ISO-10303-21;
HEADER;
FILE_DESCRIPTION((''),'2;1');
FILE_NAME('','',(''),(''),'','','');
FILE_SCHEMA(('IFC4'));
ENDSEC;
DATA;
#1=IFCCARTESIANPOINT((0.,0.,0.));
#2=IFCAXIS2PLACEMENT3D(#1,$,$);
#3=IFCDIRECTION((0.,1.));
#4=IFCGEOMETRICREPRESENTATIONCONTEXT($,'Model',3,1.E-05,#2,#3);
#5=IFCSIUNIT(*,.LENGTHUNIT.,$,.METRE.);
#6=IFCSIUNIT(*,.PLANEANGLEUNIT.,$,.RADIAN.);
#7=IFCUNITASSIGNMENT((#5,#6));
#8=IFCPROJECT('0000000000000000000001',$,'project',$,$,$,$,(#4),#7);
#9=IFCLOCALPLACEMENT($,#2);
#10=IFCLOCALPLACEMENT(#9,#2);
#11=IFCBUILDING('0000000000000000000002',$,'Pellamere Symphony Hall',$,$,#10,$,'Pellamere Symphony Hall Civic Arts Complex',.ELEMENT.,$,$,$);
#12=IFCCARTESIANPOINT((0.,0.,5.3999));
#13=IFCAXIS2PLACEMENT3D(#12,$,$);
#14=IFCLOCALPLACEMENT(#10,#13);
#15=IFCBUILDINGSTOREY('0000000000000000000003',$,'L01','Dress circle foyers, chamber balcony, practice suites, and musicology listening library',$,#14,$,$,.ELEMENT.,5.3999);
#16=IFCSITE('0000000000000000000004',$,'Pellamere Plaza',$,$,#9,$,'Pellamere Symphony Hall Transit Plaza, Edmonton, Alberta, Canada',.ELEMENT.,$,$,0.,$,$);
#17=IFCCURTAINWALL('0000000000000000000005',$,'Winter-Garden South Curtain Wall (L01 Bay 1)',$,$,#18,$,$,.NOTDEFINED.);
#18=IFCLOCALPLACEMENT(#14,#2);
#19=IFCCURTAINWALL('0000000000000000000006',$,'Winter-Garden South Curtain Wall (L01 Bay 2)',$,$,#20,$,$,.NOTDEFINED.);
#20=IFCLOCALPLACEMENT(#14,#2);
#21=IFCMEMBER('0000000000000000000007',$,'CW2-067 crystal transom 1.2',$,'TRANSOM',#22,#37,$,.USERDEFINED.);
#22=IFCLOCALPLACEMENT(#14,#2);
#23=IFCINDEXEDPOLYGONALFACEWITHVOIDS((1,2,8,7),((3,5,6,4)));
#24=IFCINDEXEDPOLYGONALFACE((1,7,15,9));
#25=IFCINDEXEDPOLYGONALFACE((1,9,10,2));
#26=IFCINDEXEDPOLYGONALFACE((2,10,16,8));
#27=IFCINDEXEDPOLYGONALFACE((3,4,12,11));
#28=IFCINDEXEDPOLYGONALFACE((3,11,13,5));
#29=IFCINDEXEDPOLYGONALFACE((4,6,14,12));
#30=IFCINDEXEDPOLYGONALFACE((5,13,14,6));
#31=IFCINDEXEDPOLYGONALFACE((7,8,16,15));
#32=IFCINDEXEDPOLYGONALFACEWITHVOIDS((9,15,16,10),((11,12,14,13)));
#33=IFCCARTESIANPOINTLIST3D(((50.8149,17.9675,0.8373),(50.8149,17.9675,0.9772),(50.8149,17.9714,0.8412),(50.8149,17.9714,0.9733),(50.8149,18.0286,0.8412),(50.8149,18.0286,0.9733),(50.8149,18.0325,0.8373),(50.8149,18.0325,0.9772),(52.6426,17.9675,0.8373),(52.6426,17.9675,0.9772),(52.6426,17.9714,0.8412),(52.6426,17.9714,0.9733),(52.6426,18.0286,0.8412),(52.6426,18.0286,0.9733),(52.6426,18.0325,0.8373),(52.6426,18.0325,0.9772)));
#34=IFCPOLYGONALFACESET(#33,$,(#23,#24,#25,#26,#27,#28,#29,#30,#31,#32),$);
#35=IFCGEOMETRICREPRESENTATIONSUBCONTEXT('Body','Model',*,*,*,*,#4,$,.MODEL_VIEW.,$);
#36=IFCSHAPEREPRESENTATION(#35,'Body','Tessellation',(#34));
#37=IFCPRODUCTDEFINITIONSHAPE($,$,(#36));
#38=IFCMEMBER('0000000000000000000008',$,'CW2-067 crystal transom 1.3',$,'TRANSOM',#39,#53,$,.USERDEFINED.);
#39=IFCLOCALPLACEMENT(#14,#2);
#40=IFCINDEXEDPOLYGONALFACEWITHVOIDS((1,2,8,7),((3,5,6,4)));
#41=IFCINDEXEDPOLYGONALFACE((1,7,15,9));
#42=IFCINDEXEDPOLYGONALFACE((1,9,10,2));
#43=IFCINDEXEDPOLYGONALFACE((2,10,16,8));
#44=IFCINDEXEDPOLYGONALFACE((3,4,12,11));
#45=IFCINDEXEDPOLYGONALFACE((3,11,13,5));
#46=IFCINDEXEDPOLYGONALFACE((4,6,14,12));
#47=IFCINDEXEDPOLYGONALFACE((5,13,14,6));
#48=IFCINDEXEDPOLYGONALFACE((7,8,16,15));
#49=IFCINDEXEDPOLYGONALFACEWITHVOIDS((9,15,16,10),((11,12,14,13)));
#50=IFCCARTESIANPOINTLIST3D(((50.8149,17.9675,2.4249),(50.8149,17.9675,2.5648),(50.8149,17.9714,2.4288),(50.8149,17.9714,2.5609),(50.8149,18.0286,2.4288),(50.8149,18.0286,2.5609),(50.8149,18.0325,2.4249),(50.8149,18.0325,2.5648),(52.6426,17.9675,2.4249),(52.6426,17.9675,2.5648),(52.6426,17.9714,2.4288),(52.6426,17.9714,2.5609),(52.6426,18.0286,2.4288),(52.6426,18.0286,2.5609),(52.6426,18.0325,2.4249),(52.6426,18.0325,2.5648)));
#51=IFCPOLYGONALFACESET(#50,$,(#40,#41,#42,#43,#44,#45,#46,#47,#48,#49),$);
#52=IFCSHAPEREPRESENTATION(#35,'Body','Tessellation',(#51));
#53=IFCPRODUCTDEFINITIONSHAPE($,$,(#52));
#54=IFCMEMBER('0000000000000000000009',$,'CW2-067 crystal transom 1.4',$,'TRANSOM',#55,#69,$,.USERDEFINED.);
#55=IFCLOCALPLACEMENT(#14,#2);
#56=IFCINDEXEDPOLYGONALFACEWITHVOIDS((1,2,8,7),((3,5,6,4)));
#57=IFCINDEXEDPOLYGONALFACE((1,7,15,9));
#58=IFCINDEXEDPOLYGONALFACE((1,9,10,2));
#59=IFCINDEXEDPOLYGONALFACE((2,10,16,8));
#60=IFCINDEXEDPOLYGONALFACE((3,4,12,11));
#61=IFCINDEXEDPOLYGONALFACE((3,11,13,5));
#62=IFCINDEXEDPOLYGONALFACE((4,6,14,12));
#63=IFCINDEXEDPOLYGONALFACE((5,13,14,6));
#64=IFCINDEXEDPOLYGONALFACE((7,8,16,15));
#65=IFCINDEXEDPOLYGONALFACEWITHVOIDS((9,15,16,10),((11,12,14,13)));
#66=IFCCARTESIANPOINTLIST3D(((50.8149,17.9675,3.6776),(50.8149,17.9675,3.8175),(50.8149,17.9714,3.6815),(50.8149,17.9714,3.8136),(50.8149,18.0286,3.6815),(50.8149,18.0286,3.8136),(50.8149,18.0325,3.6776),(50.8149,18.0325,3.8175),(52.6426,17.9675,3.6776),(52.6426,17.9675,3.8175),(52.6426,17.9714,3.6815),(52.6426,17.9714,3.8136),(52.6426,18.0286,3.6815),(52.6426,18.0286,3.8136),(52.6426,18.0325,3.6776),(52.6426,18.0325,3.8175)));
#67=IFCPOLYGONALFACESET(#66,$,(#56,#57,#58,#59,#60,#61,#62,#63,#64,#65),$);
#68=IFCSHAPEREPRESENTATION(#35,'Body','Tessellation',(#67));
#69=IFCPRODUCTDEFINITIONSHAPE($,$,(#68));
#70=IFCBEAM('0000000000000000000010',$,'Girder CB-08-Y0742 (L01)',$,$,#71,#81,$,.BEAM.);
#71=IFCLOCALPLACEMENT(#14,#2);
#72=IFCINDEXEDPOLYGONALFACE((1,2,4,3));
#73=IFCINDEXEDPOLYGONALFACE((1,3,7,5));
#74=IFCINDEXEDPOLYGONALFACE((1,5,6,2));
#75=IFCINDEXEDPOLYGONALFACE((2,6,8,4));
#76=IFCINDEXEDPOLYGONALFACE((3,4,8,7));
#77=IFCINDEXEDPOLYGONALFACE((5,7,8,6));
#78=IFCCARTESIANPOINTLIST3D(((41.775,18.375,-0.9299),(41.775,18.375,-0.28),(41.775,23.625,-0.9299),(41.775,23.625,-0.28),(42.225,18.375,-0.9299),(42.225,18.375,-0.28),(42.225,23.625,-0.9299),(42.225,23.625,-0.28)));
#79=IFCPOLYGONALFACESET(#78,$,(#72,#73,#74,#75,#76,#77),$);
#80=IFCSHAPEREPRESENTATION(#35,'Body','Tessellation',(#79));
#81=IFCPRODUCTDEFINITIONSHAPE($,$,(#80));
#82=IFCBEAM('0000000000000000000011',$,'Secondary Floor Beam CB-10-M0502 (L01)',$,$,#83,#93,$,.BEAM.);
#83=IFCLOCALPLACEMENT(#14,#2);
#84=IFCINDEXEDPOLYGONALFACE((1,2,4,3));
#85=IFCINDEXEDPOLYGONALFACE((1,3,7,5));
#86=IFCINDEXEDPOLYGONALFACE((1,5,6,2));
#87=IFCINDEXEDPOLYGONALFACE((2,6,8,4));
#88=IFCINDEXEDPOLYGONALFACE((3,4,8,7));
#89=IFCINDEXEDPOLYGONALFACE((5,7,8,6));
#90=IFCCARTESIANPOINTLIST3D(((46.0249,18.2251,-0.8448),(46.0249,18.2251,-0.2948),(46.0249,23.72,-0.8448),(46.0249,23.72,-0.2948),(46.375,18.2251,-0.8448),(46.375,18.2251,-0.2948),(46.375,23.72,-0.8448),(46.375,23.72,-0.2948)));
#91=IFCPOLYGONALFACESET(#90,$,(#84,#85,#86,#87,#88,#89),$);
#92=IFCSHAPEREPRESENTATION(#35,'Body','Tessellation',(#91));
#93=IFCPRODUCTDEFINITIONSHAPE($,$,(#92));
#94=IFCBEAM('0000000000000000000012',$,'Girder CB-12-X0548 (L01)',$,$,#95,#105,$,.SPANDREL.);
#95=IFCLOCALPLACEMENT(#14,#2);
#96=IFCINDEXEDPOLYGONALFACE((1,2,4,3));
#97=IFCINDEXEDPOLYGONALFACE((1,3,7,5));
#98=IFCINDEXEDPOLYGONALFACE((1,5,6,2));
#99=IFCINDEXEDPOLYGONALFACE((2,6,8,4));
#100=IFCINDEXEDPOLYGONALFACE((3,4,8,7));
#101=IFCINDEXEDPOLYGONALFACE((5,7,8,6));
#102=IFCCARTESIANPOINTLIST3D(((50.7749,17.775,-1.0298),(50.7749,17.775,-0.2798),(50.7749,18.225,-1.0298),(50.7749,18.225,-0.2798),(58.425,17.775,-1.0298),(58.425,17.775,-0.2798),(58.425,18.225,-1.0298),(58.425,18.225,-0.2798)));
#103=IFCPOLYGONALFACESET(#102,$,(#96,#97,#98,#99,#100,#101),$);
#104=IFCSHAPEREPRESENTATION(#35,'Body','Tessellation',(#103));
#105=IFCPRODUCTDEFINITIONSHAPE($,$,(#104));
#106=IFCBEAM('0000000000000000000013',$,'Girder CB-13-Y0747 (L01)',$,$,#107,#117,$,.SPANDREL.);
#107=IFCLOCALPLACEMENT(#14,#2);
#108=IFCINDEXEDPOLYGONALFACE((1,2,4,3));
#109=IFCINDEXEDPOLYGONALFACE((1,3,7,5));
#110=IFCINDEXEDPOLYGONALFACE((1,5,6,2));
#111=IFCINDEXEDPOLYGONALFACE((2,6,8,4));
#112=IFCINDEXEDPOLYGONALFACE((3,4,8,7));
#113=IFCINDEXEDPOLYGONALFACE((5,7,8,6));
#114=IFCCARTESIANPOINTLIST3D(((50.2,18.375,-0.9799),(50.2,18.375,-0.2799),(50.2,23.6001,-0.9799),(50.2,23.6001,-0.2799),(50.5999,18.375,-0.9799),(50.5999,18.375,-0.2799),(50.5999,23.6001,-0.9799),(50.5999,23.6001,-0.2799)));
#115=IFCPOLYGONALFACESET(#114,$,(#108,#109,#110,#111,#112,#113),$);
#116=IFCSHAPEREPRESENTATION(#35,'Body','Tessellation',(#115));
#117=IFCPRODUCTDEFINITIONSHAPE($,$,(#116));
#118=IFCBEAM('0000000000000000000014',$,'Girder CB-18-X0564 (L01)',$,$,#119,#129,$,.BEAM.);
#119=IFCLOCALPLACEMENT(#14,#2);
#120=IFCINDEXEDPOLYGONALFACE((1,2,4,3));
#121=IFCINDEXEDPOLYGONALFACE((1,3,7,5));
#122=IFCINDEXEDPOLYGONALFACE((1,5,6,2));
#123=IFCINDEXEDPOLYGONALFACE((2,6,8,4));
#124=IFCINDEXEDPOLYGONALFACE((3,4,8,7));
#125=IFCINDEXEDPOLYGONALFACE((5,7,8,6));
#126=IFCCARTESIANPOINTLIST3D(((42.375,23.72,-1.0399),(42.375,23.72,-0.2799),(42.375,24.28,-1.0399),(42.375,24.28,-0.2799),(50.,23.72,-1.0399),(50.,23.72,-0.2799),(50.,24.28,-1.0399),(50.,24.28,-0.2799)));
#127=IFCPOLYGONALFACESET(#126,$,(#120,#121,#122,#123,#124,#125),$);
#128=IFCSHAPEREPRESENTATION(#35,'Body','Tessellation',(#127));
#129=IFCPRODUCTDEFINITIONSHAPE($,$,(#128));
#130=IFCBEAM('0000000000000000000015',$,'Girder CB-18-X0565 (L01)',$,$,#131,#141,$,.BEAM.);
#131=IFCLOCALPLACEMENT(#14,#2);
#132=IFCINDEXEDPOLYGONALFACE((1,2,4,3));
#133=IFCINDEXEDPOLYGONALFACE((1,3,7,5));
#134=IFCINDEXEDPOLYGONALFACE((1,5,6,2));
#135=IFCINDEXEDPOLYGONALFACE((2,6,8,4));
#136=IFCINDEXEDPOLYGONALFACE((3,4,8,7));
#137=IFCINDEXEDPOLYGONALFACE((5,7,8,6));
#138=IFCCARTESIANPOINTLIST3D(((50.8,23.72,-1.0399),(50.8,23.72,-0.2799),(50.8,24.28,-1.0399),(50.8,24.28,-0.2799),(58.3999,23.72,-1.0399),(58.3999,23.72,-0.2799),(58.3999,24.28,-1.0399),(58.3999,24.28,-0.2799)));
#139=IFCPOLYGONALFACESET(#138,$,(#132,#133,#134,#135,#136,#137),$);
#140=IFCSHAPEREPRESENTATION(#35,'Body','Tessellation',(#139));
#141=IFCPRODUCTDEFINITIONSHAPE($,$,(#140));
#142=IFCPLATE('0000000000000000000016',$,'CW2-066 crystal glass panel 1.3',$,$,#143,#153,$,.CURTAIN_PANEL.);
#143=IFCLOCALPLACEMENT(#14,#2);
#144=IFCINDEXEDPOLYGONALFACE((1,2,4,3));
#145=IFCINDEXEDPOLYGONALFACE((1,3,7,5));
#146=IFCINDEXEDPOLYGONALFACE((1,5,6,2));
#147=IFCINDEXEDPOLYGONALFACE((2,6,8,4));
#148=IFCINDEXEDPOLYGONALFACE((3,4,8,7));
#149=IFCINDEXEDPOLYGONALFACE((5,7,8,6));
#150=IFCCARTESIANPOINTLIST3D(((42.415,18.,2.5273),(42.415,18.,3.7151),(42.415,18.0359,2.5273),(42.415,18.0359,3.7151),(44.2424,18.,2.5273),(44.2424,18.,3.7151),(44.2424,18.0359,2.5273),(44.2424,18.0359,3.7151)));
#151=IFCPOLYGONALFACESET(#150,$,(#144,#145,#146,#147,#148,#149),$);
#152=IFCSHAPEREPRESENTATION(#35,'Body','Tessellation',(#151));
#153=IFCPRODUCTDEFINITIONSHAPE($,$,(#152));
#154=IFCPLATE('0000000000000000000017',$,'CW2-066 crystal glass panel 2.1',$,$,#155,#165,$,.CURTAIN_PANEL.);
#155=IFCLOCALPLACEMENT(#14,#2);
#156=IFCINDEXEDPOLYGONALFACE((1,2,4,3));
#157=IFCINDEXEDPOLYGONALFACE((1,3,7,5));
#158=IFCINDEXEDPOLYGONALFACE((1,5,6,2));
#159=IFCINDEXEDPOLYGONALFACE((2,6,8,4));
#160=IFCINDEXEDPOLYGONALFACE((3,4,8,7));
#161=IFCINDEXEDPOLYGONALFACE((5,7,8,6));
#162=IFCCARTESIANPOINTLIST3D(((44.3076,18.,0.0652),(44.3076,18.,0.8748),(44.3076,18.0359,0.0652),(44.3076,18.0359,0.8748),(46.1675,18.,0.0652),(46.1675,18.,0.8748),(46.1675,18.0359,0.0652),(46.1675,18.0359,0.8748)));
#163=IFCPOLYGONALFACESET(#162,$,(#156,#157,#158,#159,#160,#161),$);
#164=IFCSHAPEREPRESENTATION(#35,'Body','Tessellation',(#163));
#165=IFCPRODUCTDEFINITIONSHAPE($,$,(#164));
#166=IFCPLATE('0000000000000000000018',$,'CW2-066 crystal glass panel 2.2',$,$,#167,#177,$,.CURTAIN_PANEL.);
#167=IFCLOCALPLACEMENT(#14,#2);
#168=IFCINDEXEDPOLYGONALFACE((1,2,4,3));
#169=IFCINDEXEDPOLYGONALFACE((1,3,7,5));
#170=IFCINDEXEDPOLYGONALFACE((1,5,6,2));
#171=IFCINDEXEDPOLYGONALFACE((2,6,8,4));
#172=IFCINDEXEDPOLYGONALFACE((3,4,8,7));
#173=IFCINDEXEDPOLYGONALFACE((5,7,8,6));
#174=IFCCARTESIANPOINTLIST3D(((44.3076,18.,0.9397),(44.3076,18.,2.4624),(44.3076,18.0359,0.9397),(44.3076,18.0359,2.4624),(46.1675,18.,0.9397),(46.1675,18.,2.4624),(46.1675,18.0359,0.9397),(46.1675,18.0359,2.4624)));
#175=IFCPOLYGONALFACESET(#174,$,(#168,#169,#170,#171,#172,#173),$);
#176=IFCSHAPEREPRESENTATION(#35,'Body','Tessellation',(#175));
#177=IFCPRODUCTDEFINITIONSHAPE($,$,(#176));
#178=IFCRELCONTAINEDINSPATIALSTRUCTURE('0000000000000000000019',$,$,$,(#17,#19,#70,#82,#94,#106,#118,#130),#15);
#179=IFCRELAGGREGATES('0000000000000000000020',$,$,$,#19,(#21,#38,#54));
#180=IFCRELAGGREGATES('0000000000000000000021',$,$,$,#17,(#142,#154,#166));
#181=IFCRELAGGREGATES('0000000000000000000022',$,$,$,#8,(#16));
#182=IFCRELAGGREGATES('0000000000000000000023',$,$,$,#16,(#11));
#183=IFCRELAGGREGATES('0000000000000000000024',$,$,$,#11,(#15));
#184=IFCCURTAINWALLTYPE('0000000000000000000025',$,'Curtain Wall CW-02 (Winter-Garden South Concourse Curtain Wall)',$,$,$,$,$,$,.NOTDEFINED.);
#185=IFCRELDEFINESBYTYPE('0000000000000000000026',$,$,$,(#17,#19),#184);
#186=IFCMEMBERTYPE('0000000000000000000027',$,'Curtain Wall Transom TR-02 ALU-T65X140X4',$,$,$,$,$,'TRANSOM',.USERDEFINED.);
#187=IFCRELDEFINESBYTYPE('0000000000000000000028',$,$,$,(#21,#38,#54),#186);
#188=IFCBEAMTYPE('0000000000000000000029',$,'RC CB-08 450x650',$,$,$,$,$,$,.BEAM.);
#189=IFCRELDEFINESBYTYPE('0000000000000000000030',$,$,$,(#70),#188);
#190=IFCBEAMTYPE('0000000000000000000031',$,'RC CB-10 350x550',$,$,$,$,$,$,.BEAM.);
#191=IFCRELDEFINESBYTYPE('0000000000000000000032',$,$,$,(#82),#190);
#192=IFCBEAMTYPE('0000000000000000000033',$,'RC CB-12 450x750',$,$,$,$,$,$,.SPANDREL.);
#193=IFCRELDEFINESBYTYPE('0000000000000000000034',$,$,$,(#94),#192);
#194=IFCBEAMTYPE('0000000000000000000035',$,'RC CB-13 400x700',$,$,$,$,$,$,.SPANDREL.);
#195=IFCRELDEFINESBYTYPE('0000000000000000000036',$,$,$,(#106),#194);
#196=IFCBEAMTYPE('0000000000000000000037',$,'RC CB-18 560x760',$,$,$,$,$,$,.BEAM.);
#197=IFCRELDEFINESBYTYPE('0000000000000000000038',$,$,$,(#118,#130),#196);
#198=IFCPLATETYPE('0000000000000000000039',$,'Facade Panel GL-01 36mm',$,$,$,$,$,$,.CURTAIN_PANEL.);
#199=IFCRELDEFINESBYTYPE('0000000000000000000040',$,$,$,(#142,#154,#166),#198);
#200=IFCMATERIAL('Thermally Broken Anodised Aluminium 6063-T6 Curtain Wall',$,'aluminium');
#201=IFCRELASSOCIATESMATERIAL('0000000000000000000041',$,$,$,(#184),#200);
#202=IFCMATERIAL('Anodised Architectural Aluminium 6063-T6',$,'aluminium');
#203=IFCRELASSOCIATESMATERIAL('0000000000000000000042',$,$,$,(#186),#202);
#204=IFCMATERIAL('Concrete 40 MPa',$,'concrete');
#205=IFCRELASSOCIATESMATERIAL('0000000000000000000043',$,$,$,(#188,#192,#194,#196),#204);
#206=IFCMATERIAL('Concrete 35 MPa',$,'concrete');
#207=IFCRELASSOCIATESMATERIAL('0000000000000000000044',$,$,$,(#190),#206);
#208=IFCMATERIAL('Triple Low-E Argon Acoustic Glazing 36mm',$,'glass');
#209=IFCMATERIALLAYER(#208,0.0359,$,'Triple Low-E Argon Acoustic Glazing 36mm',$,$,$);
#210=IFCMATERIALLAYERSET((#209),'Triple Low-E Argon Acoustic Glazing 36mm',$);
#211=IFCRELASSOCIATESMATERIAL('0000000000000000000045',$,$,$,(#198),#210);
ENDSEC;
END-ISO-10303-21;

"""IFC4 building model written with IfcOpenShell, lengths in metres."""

from ifc_helpers import new_model, si_unit, direction, frame, origin, origin_2d, place, context, subcontext, project, spatial, polyline, rectangle, hollow_rectangle, outline, extrude, material, layer, layer_set, material_profile, profile_set, type_object, element, aggregate, save


model = new_model("IFC4")

# Units and contexts
model_context = context("Model", 3, precision=1e-05, world=origin(), true_north=direction((0.0, 1.0)))
body_context = subcontext(model_context, "Body", "Model", "MODEL_VIEW")
ifc_project = project(units=[si_unit("LENGTHUNIT", "METRE"), si_unit("PLANEANGLEUNIT", "RADIAN")], contexts=[model_context])

# Site, building, storey
site_placement = place(None, origin())
site = spatial("IfcSite", under=ifc_project, at=site_placement, Name="Pellamere Plaza", LongName="Pellamere Symphony Hall Transit Plaza, Edmonton, Alberta, Canada", CompositionType="ELEMENT", RefElevation=0.0)
building_placement = place(site_placement, origin())
building = spatial("IfcBuilding", under=site, at=building_placement, Name="Pellamere Symphony Hall", LongName="Pellamere Symphony Hall Civic Arts Complex", CompositionType="ELEMENT")
storey_placement = place(building_placement, frame((0.0, 0.0, 5.3999)))
storey = spatial("IfcBuildingStorey", under=building, at=storey_placement, Name="L01", Description="Dress circle foyers, chamber balcony, practice suites, and musicology listening library", CompositionType="ELEMENT", Elevation=5.3999)

# Shared definitions
ifc_material_1 = material(Name="Concrete 40 MPa", Category="concrete")

# Curtain wall
ifc_material_2 = material(Name="Thermally Broken Anodised Aluminium 6063-T6 Curtain Wall", Category="aluminium")
curtain_wall_type = type_object("IfcCurtainWallType", Name="Curtain Wall CW-02 (Winter-Garden South Concourse Curtain Wall)", PredefinedType="NOTDEFINED", material=ifc_material_2)
curtain_wall_1_placement = place(storey_placement, origin())
curtain_wall_1 = element("IfcCurtainWall", 1, at=curtain_wall_1_placement, inside=storey, type_object=curtain_wall_type, Name="Winter-Garden South Curtain Wall (L01 Bay 1)", PredefinedType="NOTDEFINED")
ifc_material_3 = material(Name="Anodised Architectural Aluminium 6063-T6", Category="aluminium")

# Curtain wall
curtain_wall_2_placement = place(storey_placement, origin())
curtain_wall_2 = element("IfcCurtainWall", 2, at=curtain_wall_2_placement, inside=storey, type_object=curtain_wall_type, Name="Winter-Garden South Curtain Wall (L01 Bay 2)", PredefinedType="NOTDEFINED")

# Members
ifc_material_profile_1 = material_profile(ifc_material_3, hollow_rectangle(XDim=0.0649, YDim=0.1399, WallThickness=0.0039, at=origin_2d()), Name="ALU-T65X140X4")
ifc_profile_set_1 = profile_set([ifc_material_profile_1], Name="Anodised Architectural Aluminium 6063-T6")
member_type_1 = type_object("IfcMemberType", Name="Curtain Wall Transom TR-02 ALU-T65X140X4", ElementType="TRANSOM", PredefinedType="USERDEFINED", material=ifc_profile_set_1)
member_1_placement = place(storey_placement, frame((50.8149, 18.0, 0.9072), z_axis=(1.0, 0.0, 0.0), x_axis=(0.0, 1.0, 0.0)))
member_1 = element("IfcMember", 3, at=member_1_placement, type_object=member_type_1, Name="CW2-067 crystal transom 1.2", ObjectType="TRANSOM", PredefinedType="USERDEFINED", context=body_context, shape_type="SweptSolid", body=[
    extrude(hollow_rectangle(XDim=0.0649, YDim=0.1399, WallThickness=0.0039, at=origin_2d()), origin(), (0.0, 0.0, 1.0), 1.8276),
])
member_2_placement = place(storey_placement, frame((50.8149, 18.0, 2.4949), z_axis=(1.0, 0.0, 0.0), x_axis=(0.0, 1.0, 0.0)))
member_2 = element("IfcMember", 4, at=member_2_placement, type_object=member_type_1, Name="CW2-067 crystal transom 1.3", ObjectType="TRANSOM", PredefinedType="USERDEFINED", context=body_context, shape_type="SweptSolid", body=[
    extrude(hollow_rectangle(XDim=0.0649, YDim=0.1399, WallThickness=0.0039, at=origin_2d()), origin(), (0.0, 0.0, 1.0), 1.8276),
])
member_3_placement = place(storey_placement, frame((50.8149, 18.0, 3.7476), z_axis=(1.0, 0.0, 0.0), x_axis=(0.0, 1.0, 0.0)))
member_3 = element("IfcMember", 5, at=member_3_placement, type_object=member_type_1, Name="CW2-067 crystal transom 1.4", ObjectType="TRANSOM", PredefinedType="USERDEFINED", context=body_context, shape_type="SweptSolid", body=[
    extrude(hollow_rectangle(XDim=0.0649, YDim=0.1399, WallThickness=0.0039, at=origin_2d()), origin(), (0.0, 0.0, 1.0), 1.8276),
])
aggregate(curtain_wall_2, [member_1, member_2, member_3])

# Beams
ifc_material_profile_2 = material_profile(ifc_material_1, rectangle(XDim=0.45, YDim=0.6499, at=origin_2d()), Name="RC 450x650")
ifc_profile_set_2 = profile_set([ifc_material_profile_2], Name="Concrete 40 MPa")
beam_type_1 = type_object("IfcBeamType", Name="RC CB-08 450x650", PredefinedType="BEAM", material=ifc_profile_set_2)
beam_1_placement = place(storey_placement, frame((42.0, 18.375, -0.605), z_axis=(0.0, 1.0, 0.0), x_axis=(-1.0, 0.0, 0.0)))
element("IfcBeam", 6, at=beam_1_placement, inside=storey, type_object=beam_type_1, Name="Girder CB-08-Y0742 (L01)", PredefinedType="BEAM", context=body_context, shape_type="SweptSolid", body=[
    extrude(rectangle(XDim=0.45, YDim=0.6499, at=origin_2d()), origin(), (0.0, 0.0, 1.0), 5.25),
])
ifc_material_4 = material(Name="Concrete 35 MPa", Category="concrete")
ifc_material_profile_3 = material_profile(ifc_material_4, rectangle(XDim=0.3501, YDim=0.55, at=origin_2d()), Name="RC 350x550")
ifc_profile_set_3 = profile_set([ifc_material_profile_3], Name="Concrete 35 MPa")
beam_type_2 = type_object("IfcBeamType", Name="RC CB-10 350x550", PredefinedType="BEAM", material=ifc_profile_set_3)
beam_2_placement = place(storey_placement, frame((46.2, 18.2251, -0.5698), z_axis=(0.0, 1.0, 0.0), x_axis=(-1.0, 0.0, 0.0)))
element("IfcBeam", 7, at=beam_2_placement, inside=storey, type_object=beam_type_2, Name="Secondary Floor Beam CB-10-M0502 (L01)", PredefinedType="BEAM", context=body_context, shape_type="SweptSolid", body=[
    extrude(rectangle(XDim=0.3501, YDim=0.55, at=origin_2d()), origin(), (0.0, 0.0, 1.0), 5.4949),
])
ifc_material_profile_4 = material_profile(ifc_material_1, rectangle(XDim=0.45, YDim=0.75, at=origin_2d()), Name="RC 450x750")
ifc_profile_set_4 = profile_set([ifc_material_profile_4], Name="Concrete 40 MPa")
beam_type_3 = type_object("IfcBeamType", Name="RC CB-12 450x750", PredefinedType="SPANDREL", material=ifc_profile_set_4)
beam_3_placement = place(storey_placement, frame((50.7749, 18.0, -0.6548), z_axis=(1.0, 0.0, 0.0), x_axis=(0.0, 1.0, 0.0)))
element("IfcBeam", 8, at=beam_3_placement, inside=storey, type_object=beam_type_3, Name="Girder CB-12-X0548 (L01)", PredefinedType="SPANDREL", context=body_context, shape_type="SweptSolid", body=[
    extrude(rectangle(XDim=0.45, YDim=0.75, at=origin_2d()), origin(), (0.0, 0.0, 1.0), 7.6501),
])
ifc_material_profile_5 = material_profile(ifc_material_1, rectangle(XDim=0.3999, YDim=0.7, at=origin_2d()), Name="RC 400x700")
ifc_profile_set_5 = profile_set([ifc_material_profile_5], Name="Concrete 40 MPa")
beam_type_4 = type_object("IfcBeamType", Name="RC CB-13 400x700", PredefinedType="SPANDREL", material=ifc_profile_set_5)
beam_4_placement = place(storey_placement, frame((50.3999, 18.375, -0.6299), z_axis=(0.0, 1.0, 0.0), x_axis=(-1.0, 0.0, 0.0)))
element("IfcBeam", 9, at=beam_4_placement, inside=storey, type_object=beam_type_4, Name="Girder CB-13-Y0747 (L01)", PredefinedType="SPANDREL", context=body_context, shape_type="SweptSolid", body=[
    extrude(rectangle(XDim=0.3999, YDim=0.7, at=origin_2d()), origin(), (0.0, 0.0, 1.0), 5.2251),
])
ifc_material_profile_6 = material_profile(ifc_material_1, rectangle(XDim=0.5601, YDim=0.76, at=origin_2d()), Name="RC 560x760")
ifc_profile_set_6 = profile_set([ifc_material_profile_6], Name="Concrete 40 MPa")
beam_type_5 = type_object("IfcBeamType", Name="RC CB-18 560x760", PredefinedType="BEAM", material=ifc_profile_set_6)
beam_5_placement = place(storey_placement, frame((42.375, 24.0, -0.6599), z_axis=(1.0, 0.0, 0.0), x_axis=(0.0, 1.0, 0.0)))
element("IfcBeam", 10, at=beam_5_placement, inside=storey, type_object=beam_type_5, Name="Girder CB-18-X0564 (L01)", PredefinedType="BEAM", context=body_context, shape_type="SweptSolid", body=[
    extrude(rectangle(XDim=0.5601, YDim=0.76, at=origin_2d()), origin(), (0.0, 0.0, 1.0), 7.625),
])
beam_6_placement = place(storey_placement, frame((50.8, 24.0, -0.6599), z_axis=(1.0, 0.0, 0.0), x_axis=(0.0, 1.0, 0.0)))
element("IfcBeam", 11, at=beam_6_placement, inside=storey, type_object=beam_type_5, Name="Girder CB-18-X0565 (L01)", PredefinedType="BEAM", context=body_context, shape_type="SweptSolid", body=[
    extrude(rectangle(XDim=0.5601, YDim=0.76, at=origin_2d()), origin(), (0.0, 0.0, 1.0), 7.5999),
])

# Plates
ifc_material_5 = material(Name="Triple Low-E Argon Acoustic Glazing 36mm", Category="glass")
ifc_layer = layer(ifc_material_5, 0.0359, Name="Triple Low-E Argon Acoustic Glazing 36mm")
ifc_layer_set = layer_set([ifc_layer], Name="Triple Low-E Argon Acoustic Glazing 36mm")
plate_type = type_object("IfcPlateType", Name="Facade Panel GL-01 36mm", PredefinedType="CURTAIN_PANEL", material=ifc_layer_set)
plate_1_placement = place(storey_placement, frame((42.415, 18.0, 2.5273), z_axis=(0.0, -1.0, 0.0), x_axis=(1.0, 0.0, 0.0)))
plate_1 = element("IfcPlate", 12, at=plate_1_placement, type_object=plate_type, Name="CW2-066 crystal glass panel 1.3", PredefinedType="CURTAIN_PANEL", context=body_context, shape_type="SweptSolid", body=[
    extrude(outline(polyline([(0.0, 0.0), (1.8274, 0.0), (1.8274, 1.1877), (0.0, 1.1877), (0.0, 0.0)])), origin(), (0.0, 0.0, -1.0), 0.0359),
])
plate_2_placement = place(storey_placement, frame((44.3076, 18.0, 0.0652), z_axis=(0.0, -1.0, 0.0), x_axis=(1.0, 0.0, 0.0)))
plate_2 = element("IfcPlate", 13, at=plate_2_placement, type_object=plate_type, Name="CW2-066 crystal glass panel 2.1", PredefinedType="CURTAIN_PANEL", context=body_context, shape_type="SweptSolid", body=[
    extrude(outline(polyline([(0.0, 0.0), (1.8599, 0.0), (1.8599, 0.8096), (0.0, 0.8096), (0.0, 0.0)])), origin(), (0.0, 0.0, -1.0), 0.0359),
])
plate_3_placement = place(storey_placement, frame((44.3076, 18.0, 0.9397), z_axis=(0.0, -1.0, 0.0), x_axis=(1.0, 0.0, 0.0)))
plate_3 = element("IfcPlate", 14, at=plate_3_placement, type_object=plate_type, Name="CW2-066 crystal glass panel 2.2", PredefinedType="CURTAIN_PANEL", context=body_context, shape_type="SweptSolid", body=[
    extrude(outline(polyline([(0.0, 0.0), (1.8599, 0.0), (1.8599, 1.5227), (0.0, 1.5227), (0.0, 0.0)])), origin(), (0.0, 0.0, -1.0), 0.0359),
])
aggregate(curtain_wall_1, [plate_1, plate_2, plate_3])

save(model, "model.ifc")
